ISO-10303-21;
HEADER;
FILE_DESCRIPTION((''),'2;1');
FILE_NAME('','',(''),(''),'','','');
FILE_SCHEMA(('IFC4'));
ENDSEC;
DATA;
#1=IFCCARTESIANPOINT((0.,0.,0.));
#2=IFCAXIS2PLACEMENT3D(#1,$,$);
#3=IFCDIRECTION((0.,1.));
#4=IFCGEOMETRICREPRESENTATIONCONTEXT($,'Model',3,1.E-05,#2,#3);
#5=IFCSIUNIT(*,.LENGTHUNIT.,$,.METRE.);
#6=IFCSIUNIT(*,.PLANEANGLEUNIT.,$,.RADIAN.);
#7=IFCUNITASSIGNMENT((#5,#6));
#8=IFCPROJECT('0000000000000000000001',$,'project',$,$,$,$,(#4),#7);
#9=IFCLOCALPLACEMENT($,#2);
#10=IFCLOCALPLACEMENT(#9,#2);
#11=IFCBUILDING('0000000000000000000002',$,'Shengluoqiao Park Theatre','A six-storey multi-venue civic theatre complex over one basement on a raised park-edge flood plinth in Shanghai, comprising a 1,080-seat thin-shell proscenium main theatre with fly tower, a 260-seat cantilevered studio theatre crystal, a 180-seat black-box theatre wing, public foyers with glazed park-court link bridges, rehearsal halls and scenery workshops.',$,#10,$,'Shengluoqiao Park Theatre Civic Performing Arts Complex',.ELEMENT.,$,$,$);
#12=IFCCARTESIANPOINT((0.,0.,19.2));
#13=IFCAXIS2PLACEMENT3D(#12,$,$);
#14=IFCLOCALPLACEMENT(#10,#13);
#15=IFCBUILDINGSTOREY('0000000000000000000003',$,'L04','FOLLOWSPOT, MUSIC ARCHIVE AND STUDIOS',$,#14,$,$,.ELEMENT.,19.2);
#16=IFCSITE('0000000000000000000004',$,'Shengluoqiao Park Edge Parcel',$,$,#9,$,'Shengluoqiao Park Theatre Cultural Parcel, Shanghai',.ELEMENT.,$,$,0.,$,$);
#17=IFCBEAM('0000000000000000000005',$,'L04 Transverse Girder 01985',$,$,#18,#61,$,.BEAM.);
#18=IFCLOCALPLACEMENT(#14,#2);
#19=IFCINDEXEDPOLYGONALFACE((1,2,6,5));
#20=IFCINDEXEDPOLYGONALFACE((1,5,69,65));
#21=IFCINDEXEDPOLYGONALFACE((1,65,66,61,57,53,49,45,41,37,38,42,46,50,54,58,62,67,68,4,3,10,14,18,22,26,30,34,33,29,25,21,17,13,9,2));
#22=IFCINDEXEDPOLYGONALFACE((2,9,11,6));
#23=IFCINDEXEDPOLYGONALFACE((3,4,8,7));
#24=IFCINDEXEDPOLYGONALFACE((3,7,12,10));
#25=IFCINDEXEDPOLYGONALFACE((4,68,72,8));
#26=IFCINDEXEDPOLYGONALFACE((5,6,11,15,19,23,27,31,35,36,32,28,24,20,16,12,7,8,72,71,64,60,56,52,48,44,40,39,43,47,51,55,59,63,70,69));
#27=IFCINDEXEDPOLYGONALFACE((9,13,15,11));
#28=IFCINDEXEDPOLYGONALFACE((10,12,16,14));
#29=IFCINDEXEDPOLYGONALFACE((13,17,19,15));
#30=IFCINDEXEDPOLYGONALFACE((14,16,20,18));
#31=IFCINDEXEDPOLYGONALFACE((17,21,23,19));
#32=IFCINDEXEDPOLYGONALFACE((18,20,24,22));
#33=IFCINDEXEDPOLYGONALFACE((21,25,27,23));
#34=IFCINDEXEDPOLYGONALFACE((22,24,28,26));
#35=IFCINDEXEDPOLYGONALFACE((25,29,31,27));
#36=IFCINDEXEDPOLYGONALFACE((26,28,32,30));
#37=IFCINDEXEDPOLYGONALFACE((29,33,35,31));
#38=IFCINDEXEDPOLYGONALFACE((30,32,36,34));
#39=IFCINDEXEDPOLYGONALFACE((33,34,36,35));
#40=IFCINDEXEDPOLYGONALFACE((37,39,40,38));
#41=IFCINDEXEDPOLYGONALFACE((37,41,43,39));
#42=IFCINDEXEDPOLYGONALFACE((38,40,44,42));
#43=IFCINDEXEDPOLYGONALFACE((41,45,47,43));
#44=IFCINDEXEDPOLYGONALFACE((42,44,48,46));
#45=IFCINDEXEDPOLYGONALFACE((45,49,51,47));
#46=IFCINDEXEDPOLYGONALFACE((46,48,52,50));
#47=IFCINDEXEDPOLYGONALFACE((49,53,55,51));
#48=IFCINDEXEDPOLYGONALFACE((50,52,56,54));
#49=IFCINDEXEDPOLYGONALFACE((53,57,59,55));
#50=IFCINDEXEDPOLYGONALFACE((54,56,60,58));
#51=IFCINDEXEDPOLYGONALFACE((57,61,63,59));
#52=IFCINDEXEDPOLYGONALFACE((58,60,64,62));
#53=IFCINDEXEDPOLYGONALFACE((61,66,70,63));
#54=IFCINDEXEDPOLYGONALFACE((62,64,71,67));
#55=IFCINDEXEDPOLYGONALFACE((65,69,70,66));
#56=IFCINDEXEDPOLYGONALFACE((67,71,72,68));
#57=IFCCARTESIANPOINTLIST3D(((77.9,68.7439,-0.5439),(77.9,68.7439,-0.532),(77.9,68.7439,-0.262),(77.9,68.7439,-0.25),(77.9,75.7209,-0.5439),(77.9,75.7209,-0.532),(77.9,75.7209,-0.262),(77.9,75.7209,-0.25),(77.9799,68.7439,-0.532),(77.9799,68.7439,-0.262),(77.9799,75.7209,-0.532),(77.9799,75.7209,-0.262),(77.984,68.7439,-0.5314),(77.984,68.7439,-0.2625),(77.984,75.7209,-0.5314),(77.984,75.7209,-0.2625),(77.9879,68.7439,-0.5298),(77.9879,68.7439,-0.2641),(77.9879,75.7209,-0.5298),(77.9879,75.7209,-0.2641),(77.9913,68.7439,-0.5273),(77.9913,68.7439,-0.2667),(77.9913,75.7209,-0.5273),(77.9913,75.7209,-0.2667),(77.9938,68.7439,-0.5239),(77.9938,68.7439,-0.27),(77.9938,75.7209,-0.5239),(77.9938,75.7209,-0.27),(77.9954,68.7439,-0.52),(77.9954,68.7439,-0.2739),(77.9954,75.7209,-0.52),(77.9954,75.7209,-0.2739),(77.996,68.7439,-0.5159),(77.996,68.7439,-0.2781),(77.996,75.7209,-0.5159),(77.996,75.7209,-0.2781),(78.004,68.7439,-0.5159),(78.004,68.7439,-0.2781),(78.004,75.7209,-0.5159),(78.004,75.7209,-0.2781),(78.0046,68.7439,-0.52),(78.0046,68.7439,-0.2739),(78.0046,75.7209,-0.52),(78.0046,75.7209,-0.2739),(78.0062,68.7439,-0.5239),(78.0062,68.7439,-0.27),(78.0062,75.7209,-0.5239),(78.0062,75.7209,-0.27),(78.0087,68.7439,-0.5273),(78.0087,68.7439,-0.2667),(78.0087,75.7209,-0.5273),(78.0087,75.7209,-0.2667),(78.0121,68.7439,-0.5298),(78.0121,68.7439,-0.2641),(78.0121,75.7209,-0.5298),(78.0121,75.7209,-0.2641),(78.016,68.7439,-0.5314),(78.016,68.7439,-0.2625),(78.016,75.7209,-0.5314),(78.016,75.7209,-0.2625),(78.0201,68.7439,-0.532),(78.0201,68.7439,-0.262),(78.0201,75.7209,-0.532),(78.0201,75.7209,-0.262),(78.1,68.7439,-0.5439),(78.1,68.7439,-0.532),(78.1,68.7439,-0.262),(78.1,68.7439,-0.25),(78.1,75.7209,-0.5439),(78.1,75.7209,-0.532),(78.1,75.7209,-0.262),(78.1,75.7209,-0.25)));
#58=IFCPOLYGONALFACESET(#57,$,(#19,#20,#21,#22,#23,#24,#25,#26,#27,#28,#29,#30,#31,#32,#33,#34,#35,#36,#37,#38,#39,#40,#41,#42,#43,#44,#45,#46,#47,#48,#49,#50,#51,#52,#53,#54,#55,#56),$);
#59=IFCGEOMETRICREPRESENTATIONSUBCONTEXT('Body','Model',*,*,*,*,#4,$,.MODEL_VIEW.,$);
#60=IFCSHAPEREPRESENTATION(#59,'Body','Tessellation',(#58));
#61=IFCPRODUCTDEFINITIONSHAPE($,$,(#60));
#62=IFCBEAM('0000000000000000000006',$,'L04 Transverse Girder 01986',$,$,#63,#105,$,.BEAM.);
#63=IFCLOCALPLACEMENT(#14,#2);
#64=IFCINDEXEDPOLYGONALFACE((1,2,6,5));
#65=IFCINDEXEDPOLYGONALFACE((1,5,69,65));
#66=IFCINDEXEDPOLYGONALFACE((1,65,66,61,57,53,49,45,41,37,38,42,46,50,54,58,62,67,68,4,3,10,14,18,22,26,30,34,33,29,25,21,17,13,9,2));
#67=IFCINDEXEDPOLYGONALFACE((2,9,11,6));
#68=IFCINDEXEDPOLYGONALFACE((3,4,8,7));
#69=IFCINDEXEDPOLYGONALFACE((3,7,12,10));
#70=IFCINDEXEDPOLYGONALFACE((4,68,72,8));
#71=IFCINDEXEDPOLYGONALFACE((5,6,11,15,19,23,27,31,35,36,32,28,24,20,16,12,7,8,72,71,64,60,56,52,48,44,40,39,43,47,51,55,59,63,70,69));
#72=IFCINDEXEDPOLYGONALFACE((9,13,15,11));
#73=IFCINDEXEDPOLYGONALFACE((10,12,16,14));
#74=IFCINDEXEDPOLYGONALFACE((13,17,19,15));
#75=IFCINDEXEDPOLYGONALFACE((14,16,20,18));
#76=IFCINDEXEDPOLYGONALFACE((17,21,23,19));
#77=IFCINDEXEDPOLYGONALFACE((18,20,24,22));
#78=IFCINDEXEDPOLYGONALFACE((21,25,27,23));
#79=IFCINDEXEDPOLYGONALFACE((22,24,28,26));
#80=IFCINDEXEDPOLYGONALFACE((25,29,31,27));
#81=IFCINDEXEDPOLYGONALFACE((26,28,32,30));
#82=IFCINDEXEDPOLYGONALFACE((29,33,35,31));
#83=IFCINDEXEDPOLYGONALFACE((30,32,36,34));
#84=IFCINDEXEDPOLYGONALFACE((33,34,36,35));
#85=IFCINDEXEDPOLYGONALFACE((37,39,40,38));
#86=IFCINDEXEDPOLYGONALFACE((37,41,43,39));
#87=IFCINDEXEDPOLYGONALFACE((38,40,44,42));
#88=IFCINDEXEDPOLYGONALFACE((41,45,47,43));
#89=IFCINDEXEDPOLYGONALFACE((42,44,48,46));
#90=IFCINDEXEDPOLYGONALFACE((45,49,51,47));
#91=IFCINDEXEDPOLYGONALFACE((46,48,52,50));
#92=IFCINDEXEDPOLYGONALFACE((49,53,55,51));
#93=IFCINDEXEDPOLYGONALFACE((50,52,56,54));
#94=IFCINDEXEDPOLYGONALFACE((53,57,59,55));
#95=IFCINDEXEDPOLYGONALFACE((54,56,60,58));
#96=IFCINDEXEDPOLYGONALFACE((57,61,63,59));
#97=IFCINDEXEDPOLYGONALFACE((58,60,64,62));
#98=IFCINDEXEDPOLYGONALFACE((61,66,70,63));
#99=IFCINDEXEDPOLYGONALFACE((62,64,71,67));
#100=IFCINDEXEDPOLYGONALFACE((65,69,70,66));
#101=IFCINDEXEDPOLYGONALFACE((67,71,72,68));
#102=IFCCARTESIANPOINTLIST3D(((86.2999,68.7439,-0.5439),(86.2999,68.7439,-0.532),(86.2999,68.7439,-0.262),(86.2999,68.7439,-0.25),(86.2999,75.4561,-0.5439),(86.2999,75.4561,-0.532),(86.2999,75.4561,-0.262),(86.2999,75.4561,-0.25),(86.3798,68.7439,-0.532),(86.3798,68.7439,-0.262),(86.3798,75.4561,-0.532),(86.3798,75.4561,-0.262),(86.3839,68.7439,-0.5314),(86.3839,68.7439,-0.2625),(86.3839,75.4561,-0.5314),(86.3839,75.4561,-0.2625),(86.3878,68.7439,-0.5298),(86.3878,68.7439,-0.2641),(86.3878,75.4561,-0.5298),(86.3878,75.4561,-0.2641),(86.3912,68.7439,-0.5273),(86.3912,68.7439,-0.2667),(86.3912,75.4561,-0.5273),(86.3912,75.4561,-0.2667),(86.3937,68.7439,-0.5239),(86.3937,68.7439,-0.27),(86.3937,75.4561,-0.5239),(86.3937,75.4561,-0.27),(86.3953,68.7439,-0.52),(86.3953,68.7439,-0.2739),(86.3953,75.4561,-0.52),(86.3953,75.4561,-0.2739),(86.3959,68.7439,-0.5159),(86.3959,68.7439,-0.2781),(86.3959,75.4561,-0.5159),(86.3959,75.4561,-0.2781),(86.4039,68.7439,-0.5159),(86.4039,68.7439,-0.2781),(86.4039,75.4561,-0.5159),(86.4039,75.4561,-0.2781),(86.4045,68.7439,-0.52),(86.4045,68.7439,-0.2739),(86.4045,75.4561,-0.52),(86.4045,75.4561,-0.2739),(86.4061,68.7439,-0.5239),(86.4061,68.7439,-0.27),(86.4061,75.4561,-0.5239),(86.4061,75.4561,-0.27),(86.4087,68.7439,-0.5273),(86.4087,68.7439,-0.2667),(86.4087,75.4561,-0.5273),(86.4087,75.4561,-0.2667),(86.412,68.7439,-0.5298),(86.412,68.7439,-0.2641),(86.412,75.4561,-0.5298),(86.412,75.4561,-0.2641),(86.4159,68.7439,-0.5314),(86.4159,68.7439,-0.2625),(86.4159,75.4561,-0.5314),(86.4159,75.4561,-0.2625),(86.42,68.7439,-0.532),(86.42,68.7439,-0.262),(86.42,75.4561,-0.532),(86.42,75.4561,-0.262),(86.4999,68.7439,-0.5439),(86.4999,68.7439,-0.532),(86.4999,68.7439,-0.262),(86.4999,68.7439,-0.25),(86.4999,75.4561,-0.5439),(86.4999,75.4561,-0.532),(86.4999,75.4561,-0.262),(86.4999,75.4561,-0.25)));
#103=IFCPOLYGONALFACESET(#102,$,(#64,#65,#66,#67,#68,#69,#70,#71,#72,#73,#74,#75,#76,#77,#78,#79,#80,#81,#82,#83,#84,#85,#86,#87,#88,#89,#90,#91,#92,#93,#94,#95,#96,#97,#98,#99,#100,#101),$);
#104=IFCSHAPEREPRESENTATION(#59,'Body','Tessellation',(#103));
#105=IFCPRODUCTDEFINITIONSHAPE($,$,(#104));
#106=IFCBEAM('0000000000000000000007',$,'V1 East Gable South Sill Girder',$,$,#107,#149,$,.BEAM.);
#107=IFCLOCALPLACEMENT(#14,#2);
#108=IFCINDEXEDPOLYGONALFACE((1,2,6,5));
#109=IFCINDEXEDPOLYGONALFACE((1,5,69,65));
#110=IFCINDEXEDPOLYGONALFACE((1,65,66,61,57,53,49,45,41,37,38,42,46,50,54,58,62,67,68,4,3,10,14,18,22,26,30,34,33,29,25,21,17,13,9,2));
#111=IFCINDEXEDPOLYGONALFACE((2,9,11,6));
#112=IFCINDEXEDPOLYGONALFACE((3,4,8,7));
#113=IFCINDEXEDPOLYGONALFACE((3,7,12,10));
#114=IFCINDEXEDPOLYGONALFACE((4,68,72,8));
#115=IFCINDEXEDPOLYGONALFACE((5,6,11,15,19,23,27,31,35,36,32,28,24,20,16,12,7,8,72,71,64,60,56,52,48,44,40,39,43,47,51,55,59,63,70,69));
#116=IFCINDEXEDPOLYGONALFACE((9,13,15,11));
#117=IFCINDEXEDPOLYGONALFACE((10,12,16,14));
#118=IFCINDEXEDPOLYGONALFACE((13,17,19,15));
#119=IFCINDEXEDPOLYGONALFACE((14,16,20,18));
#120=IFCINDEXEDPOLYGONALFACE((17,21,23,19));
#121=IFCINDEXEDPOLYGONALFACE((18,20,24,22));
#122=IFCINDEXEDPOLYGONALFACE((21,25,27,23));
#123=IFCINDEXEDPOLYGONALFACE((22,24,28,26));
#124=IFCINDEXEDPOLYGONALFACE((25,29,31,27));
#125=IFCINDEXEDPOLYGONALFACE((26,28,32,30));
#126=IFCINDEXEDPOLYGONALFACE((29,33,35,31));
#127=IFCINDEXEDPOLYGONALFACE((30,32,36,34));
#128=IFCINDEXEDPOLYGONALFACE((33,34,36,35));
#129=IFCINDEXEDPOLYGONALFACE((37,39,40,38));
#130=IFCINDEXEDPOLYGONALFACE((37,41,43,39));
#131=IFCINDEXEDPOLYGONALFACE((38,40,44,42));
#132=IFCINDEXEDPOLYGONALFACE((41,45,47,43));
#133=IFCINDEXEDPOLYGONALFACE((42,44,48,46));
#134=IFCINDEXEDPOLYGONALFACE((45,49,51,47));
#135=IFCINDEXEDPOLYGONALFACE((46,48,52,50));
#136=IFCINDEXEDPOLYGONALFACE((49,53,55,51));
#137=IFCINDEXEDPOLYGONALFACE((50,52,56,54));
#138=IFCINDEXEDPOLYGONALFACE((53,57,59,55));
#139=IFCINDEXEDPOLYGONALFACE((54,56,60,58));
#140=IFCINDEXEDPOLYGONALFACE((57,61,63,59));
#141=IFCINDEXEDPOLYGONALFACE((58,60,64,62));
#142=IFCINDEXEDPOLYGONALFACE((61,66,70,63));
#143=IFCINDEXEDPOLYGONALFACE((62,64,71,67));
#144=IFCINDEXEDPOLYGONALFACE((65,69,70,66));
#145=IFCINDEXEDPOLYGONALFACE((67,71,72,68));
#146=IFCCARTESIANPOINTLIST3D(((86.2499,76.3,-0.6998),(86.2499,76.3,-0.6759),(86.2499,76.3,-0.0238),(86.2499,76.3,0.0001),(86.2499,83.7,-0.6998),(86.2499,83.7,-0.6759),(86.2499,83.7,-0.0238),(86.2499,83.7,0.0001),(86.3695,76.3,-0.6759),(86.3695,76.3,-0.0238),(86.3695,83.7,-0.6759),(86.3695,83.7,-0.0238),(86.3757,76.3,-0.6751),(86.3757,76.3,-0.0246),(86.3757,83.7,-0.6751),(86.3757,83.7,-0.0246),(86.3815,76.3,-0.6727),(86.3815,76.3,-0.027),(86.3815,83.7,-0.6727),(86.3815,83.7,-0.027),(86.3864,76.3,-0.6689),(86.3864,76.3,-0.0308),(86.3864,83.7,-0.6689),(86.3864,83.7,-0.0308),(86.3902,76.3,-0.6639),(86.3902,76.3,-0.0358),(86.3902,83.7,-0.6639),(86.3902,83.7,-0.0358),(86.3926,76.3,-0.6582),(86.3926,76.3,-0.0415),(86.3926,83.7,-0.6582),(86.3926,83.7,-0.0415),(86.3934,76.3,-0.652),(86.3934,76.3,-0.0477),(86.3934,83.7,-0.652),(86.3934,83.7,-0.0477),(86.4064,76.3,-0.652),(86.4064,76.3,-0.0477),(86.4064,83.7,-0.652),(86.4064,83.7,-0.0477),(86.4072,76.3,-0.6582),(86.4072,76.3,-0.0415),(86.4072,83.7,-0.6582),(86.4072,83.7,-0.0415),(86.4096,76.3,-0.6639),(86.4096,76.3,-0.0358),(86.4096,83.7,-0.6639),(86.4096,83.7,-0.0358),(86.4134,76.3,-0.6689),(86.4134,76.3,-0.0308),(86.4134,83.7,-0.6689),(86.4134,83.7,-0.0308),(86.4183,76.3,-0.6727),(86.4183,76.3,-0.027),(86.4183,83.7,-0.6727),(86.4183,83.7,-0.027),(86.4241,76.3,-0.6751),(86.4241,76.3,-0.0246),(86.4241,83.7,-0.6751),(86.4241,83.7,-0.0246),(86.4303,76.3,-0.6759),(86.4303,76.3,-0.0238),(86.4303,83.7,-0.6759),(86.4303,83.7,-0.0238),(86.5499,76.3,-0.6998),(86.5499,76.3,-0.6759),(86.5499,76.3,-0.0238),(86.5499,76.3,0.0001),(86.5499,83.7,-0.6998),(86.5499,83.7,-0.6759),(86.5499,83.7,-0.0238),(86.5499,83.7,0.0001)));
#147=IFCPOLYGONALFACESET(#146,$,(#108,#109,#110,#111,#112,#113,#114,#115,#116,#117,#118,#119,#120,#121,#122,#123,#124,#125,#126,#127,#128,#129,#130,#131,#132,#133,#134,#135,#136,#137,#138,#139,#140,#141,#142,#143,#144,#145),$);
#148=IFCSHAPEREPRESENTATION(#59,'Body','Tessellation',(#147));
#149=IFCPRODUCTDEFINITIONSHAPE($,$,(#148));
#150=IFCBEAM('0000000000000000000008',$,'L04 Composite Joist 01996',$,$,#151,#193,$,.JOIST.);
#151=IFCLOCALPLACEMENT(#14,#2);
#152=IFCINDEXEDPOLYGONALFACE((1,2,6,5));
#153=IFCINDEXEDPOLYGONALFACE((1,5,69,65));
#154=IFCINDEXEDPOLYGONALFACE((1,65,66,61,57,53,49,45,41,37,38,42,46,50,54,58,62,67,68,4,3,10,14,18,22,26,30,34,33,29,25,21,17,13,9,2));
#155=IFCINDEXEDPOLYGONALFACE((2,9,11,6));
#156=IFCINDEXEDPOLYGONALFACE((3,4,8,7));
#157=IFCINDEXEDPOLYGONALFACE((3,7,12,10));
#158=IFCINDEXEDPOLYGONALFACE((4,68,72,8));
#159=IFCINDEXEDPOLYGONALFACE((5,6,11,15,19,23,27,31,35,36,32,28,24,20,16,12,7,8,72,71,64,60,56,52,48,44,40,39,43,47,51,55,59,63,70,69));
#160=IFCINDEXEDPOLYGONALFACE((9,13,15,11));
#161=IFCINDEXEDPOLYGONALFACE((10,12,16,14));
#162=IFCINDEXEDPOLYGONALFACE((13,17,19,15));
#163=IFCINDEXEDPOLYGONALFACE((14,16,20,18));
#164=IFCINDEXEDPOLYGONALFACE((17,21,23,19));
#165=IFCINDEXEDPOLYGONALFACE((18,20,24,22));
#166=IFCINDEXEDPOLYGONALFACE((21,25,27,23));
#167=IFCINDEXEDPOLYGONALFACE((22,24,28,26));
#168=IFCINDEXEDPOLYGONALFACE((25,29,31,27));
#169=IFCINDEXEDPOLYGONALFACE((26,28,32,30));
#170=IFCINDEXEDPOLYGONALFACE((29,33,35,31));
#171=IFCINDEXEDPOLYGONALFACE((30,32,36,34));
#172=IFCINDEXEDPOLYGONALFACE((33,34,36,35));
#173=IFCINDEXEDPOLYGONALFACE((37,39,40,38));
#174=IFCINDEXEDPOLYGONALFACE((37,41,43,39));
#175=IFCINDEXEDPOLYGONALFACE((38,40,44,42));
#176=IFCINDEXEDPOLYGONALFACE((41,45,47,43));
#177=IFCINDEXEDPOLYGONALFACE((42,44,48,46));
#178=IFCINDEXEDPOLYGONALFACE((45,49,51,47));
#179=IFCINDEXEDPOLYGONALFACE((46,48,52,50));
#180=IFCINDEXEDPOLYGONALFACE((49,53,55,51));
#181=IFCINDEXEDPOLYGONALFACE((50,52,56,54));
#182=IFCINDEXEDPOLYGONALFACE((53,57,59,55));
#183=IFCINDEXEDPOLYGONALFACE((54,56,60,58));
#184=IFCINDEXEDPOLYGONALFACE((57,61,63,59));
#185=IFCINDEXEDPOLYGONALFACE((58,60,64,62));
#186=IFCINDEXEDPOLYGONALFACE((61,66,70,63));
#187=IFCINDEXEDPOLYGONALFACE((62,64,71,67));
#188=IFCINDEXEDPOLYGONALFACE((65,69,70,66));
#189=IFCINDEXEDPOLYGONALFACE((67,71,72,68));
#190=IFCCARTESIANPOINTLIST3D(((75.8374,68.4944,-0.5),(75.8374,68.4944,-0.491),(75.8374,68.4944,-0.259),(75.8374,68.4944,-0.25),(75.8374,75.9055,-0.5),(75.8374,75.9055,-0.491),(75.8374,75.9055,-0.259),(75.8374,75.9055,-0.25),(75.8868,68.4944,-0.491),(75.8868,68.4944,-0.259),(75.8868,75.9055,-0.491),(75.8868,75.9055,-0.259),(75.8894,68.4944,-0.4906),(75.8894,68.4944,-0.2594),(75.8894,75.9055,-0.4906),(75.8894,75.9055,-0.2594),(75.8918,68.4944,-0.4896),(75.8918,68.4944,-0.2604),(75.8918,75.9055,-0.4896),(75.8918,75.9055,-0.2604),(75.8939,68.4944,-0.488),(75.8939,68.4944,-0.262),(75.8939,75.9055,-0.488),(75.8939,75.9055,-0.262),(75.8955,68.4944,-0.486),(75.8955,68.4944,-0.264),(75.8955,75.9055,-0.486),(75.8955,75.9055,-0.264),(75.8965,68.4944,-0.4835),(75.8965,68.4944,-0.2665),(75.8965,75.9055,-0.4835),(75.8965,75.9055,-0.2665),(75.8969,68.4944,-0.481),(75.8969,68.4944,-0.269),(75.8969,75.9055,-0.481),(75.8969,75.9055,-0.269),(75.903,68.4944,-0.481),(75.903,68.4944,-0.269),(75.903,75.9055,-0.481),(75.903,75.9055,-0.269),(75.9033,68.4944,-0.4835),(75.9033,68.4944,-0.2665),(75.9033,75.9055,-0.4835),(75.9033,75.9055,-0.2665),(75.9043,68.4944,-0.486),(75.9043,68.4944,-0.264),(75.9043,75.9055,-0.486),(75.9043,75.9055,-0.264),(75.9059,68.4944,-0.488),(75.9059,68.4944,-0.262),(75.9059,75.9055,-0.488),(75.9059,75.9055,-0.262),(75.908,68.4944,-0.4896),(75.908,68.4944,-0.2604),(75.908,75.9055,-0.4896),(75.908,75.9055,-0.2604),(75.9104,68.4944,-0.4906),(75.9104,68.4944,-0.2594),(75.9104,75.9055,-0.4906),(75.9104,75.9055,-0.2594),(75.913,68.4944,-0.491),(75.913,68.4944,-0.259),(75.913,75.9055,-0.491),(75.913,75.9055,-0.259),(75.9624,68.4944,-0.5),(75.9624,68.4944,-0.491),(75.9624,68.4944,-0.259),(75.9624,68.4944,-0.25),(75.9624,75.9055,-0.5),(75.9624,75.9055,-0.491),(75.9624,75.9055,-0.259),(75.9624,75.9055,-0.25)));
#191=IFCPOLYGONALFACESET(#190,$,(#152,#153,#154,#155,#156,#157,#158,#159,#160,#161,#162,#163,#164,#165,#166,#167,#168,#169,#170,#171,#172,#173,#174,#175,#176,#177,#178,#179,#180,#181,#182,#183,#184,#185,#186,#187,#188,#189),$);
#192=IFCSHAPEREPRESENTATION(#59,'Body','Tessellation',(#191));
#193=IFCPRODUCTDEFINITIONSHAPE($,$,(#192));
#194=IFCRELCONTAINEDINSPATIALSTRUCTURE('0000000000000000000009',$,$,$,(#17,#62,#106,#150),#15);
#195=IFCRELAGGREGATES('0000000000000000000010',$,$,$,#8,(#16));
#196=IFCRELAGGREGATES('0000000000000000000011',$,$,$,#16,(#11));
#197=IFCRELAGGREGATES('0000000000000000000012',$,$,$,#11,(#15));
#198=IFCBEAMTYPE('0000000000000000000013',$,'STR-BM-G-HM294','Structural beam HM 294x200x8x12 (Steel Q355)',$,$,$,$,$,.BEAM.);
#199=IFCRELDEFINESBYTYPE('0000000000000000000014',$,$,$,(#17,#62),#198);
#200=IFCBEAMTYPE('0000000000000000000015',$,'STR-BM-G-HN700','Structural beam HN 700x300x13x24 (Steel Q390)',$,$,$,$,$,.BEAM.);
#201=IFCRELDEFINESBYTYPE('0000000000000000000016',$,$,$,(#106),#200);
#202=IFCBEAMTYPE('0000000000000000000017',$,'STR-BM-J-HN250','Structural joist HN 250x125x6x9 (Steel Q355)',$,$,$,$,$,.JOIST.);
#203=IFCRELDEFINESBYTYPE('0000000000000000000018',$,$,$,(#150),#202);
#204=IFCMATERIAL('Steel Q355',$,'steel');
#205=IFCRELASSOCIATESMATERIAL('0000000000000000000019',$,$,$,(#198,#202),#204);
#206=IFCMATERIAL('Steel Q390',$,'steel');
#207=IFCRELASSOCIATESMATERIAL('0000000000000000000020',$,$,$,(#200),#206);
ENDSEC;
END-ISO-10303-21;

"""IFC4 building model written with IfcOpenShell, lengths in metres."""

from ifc_helpers import new_model, si_unit, direction, frame, origin, origin_2d, place, context, subcontext, project, spatial, i_section, extrude, material, material_profile, profile_set, type_object, element, save


model = new_model("IFC4")

# Units and contexts
model_context = context("Model", 3, precision=1e-05, world=origin(), true_north=direction((0.0, 1.0)))
body_context = subcontext(model_context, "Body", "Model", "MODEL_VIEW")
ifc_project = project(units=[si_unit("LENGTHUNIT", "METRE"), si_unit("PLANEANGLEUNIT", "RADIAN")], contexts=[model_context])

# Site, building, storey
site_placement = place(None, origin())
site = spatial("IfcSite", under=ifc_project, at=site_placement, Name="Shengluoqiao Park Edge Parcel", LongName="Shengluoqiao Park Theatre Cultural Parcel, Shanghai", CompositionType="ELEMENT", RefElevation=0.0)
building_placement = place(site_placement, origin())
building = spatial("IfcBuilding", under=site, at=building_placement, Name="Shengluoqiao Park Theatre", Description="A six-storey multi-venue civic theatre complex over one basement on a raised park-edge flood plinth in Shanghai, comprising a 1,080-seat thin-shell proscenium main theatre with fly tower, a 260-seat cantilevered studio theatre crystal, a 180-seat black-box theatre wing, public foyers with glazed park-court link bridges, rehearsal halls and scenery workshops.", LongName="Shengluoqiao Park Theatre Civic Performing Arts Complex", CompositionType="ELEMENT")
storey_placement = place(building_placement, frame((0.0, 0.0, 19.2)))
storey = spatial("IfcBuildingStorey", under=building, at=storey_placement, Name="L04", Description="FOLLOWSPOT, MUSIC ARCHIVE AND STUDIOS", CompositionType="ELEMENT", Elevation=19.2)

# Beams
ifc_material_1 = material(Name="Steel Q355", Category="steel")
ifc_material_profile_1 = material_profile(ifc_material_1, i_section(OverallWidth=0.2, OverallDepth=0.2939, WebThickness=0.0081, FlangeThickness=0.012, FilletRadius=0.0161, at=origin_2d()), Name="HM 294x200x8x12")
ifc_profile_set_1 = profile_set([ifc_material_profile_1], Name="Steel Q355")
beam_type_1 = type_object("IfcBeamType", Name="STR-BM-G-HM294", Description="Structural beam HM 294x200x8x12 (Steel Q355)", PredefinedType="BEAM", material=ifc_profile_set_1)
beam_1_placement = place(storey_placement, frame((78.0, 68.7439, -0.397), z_axis=(0.0, 1.0, 0.0), x_axis=(-1.0, 0.0, 0.0)))
element("IfcBeam", 1, at=beam_1_placement, inside=storey, type_object=beam_type_1, Name="L04 Transverse Girder 01985", PredefinedType="BEAM", context=body_context, shape_type="SweptSolid", body=[
    extrude(i_section(OverallWidth=0.2, OverallDepth=0.2939, WebThickness=0.0081, FlangeThickness=0.012, FilletRadius=0.0161, at=origin_2d()), origin(), (0.0, 0.0, 1.0), 6.9771),
])
beam_2_placement = place(storey_placement, frame((86.3999, 68.7439, -0.397), z_axis=(0.0, 1.0, 0.0), x_axis=(-1.0, 0.0, 0.0)))
element("IfcBeam", 2, at=beam_2_placement, inside=storey, type_object=beam_type_1, Name="L04 Transverse Girder 01986", PredefinedType="BEAM", context=body_context, shape_type="SweptSolid", body=[
    extrude(i_section(OverallWidth=0.2, OverallDepth=0.2939, WebThickness=0.0081, FlangeThickness=0.012, FilletRadius=0.0161, at=origin_2d()), origin(), (0.0, 0.0, 1.0), 6.7122),
])
ifc_material_2 = material(Name="Steel Q390", Category="steel")
ifc_material_profile_2 = material_profile(ifc_material_2, i_section(OverallWidth=0.3, OverallDepth=0.7, WebThickness=0.0129, FlangeThickness=0.0239, FilletRadius=0.0239, at=origin_2d()), Name="HN 700x300x13x24")
ifc_profile_set_2 = profile_set([ifc_material_profile_2], Name="Steel Q390")
beam_type_2 = type_object("IfcBeamType", Name="STR-BM-G-HN700", Description="Structural beam HN 700x300x13x24 (Steel Q390)", PredefinedType="BEAM", material=ifc_profile_set_2)
beam_3_placement = place(storey_placement, frame((86.3999, 76.3, -0.3499), z_axis=(0.0, 1.0, 0.0), x_axis=(-1.0, 0.0, 0.0)))
element("IfcBeam", 3, at=beam_3_placement, inside=storey, type_object=beam_type_2, Name="V1 East Gable South Sill Girder", PredefinedType="BEAM", context=body_context, shape_type="SweptSolid", body=[
    extrude(i_section(OverallWidth=0.3, OverallDepth=0.7, WebThickness=0.0129, FlangeThickness=0.0239, FilletRadius=0.0239, at=origin_2d()), origin(), (0.0, 0.0, 1.0), 7.3999),
])
ifc_material_profile_3 = material_profile(ifc_material_1, i_section(OverallWidth=0.125, OverallDepth=0.25, WebThickness=0.0061, FlangeThickness=0.009, FilletRadius=0.01, at=origin_2d()), Name="HN 250x125x6x9")
ifc_profile_set_3 = profile_set([ifc_material_profile_3], Name="Steel Q355")
beam_type_3 = type_object("IfcBeamType", Name="STR-BM-J-HN250", Description="Structural joist HN 250x125x6x9 (Steel Q355)", PredefinedType="JOIST", material=ifc_profile_set_3)
for number, where, z_axis, x_axis, name in (
    (4, (75.8999, 68.4944, -0.375), (0.0, 1.0, 0.0), (-1.0, 0.0, 0.0), "L04 Composite Joist 01996"),
):
    element("IfcBeam", number, at=place(storey_placement, frame(where, z_axis=z_axis, x_axis=x_axis)), inside=storey, type_object=beam_type_3, Name=name, PredefinedType="JOIST", context=body_context, shape_type="SweptSolid", body=[
        extrude(i_section(OverallWidth=0.125, OverallDepth=0.25, WebThickness=0.0061, FlangeThickness=0.009, FilletRadius=0.01, at=origin_2d()), origin(), (0.0, 0.0, 1.0), 7.4111),
    ])

save(model, "model.ifc")
